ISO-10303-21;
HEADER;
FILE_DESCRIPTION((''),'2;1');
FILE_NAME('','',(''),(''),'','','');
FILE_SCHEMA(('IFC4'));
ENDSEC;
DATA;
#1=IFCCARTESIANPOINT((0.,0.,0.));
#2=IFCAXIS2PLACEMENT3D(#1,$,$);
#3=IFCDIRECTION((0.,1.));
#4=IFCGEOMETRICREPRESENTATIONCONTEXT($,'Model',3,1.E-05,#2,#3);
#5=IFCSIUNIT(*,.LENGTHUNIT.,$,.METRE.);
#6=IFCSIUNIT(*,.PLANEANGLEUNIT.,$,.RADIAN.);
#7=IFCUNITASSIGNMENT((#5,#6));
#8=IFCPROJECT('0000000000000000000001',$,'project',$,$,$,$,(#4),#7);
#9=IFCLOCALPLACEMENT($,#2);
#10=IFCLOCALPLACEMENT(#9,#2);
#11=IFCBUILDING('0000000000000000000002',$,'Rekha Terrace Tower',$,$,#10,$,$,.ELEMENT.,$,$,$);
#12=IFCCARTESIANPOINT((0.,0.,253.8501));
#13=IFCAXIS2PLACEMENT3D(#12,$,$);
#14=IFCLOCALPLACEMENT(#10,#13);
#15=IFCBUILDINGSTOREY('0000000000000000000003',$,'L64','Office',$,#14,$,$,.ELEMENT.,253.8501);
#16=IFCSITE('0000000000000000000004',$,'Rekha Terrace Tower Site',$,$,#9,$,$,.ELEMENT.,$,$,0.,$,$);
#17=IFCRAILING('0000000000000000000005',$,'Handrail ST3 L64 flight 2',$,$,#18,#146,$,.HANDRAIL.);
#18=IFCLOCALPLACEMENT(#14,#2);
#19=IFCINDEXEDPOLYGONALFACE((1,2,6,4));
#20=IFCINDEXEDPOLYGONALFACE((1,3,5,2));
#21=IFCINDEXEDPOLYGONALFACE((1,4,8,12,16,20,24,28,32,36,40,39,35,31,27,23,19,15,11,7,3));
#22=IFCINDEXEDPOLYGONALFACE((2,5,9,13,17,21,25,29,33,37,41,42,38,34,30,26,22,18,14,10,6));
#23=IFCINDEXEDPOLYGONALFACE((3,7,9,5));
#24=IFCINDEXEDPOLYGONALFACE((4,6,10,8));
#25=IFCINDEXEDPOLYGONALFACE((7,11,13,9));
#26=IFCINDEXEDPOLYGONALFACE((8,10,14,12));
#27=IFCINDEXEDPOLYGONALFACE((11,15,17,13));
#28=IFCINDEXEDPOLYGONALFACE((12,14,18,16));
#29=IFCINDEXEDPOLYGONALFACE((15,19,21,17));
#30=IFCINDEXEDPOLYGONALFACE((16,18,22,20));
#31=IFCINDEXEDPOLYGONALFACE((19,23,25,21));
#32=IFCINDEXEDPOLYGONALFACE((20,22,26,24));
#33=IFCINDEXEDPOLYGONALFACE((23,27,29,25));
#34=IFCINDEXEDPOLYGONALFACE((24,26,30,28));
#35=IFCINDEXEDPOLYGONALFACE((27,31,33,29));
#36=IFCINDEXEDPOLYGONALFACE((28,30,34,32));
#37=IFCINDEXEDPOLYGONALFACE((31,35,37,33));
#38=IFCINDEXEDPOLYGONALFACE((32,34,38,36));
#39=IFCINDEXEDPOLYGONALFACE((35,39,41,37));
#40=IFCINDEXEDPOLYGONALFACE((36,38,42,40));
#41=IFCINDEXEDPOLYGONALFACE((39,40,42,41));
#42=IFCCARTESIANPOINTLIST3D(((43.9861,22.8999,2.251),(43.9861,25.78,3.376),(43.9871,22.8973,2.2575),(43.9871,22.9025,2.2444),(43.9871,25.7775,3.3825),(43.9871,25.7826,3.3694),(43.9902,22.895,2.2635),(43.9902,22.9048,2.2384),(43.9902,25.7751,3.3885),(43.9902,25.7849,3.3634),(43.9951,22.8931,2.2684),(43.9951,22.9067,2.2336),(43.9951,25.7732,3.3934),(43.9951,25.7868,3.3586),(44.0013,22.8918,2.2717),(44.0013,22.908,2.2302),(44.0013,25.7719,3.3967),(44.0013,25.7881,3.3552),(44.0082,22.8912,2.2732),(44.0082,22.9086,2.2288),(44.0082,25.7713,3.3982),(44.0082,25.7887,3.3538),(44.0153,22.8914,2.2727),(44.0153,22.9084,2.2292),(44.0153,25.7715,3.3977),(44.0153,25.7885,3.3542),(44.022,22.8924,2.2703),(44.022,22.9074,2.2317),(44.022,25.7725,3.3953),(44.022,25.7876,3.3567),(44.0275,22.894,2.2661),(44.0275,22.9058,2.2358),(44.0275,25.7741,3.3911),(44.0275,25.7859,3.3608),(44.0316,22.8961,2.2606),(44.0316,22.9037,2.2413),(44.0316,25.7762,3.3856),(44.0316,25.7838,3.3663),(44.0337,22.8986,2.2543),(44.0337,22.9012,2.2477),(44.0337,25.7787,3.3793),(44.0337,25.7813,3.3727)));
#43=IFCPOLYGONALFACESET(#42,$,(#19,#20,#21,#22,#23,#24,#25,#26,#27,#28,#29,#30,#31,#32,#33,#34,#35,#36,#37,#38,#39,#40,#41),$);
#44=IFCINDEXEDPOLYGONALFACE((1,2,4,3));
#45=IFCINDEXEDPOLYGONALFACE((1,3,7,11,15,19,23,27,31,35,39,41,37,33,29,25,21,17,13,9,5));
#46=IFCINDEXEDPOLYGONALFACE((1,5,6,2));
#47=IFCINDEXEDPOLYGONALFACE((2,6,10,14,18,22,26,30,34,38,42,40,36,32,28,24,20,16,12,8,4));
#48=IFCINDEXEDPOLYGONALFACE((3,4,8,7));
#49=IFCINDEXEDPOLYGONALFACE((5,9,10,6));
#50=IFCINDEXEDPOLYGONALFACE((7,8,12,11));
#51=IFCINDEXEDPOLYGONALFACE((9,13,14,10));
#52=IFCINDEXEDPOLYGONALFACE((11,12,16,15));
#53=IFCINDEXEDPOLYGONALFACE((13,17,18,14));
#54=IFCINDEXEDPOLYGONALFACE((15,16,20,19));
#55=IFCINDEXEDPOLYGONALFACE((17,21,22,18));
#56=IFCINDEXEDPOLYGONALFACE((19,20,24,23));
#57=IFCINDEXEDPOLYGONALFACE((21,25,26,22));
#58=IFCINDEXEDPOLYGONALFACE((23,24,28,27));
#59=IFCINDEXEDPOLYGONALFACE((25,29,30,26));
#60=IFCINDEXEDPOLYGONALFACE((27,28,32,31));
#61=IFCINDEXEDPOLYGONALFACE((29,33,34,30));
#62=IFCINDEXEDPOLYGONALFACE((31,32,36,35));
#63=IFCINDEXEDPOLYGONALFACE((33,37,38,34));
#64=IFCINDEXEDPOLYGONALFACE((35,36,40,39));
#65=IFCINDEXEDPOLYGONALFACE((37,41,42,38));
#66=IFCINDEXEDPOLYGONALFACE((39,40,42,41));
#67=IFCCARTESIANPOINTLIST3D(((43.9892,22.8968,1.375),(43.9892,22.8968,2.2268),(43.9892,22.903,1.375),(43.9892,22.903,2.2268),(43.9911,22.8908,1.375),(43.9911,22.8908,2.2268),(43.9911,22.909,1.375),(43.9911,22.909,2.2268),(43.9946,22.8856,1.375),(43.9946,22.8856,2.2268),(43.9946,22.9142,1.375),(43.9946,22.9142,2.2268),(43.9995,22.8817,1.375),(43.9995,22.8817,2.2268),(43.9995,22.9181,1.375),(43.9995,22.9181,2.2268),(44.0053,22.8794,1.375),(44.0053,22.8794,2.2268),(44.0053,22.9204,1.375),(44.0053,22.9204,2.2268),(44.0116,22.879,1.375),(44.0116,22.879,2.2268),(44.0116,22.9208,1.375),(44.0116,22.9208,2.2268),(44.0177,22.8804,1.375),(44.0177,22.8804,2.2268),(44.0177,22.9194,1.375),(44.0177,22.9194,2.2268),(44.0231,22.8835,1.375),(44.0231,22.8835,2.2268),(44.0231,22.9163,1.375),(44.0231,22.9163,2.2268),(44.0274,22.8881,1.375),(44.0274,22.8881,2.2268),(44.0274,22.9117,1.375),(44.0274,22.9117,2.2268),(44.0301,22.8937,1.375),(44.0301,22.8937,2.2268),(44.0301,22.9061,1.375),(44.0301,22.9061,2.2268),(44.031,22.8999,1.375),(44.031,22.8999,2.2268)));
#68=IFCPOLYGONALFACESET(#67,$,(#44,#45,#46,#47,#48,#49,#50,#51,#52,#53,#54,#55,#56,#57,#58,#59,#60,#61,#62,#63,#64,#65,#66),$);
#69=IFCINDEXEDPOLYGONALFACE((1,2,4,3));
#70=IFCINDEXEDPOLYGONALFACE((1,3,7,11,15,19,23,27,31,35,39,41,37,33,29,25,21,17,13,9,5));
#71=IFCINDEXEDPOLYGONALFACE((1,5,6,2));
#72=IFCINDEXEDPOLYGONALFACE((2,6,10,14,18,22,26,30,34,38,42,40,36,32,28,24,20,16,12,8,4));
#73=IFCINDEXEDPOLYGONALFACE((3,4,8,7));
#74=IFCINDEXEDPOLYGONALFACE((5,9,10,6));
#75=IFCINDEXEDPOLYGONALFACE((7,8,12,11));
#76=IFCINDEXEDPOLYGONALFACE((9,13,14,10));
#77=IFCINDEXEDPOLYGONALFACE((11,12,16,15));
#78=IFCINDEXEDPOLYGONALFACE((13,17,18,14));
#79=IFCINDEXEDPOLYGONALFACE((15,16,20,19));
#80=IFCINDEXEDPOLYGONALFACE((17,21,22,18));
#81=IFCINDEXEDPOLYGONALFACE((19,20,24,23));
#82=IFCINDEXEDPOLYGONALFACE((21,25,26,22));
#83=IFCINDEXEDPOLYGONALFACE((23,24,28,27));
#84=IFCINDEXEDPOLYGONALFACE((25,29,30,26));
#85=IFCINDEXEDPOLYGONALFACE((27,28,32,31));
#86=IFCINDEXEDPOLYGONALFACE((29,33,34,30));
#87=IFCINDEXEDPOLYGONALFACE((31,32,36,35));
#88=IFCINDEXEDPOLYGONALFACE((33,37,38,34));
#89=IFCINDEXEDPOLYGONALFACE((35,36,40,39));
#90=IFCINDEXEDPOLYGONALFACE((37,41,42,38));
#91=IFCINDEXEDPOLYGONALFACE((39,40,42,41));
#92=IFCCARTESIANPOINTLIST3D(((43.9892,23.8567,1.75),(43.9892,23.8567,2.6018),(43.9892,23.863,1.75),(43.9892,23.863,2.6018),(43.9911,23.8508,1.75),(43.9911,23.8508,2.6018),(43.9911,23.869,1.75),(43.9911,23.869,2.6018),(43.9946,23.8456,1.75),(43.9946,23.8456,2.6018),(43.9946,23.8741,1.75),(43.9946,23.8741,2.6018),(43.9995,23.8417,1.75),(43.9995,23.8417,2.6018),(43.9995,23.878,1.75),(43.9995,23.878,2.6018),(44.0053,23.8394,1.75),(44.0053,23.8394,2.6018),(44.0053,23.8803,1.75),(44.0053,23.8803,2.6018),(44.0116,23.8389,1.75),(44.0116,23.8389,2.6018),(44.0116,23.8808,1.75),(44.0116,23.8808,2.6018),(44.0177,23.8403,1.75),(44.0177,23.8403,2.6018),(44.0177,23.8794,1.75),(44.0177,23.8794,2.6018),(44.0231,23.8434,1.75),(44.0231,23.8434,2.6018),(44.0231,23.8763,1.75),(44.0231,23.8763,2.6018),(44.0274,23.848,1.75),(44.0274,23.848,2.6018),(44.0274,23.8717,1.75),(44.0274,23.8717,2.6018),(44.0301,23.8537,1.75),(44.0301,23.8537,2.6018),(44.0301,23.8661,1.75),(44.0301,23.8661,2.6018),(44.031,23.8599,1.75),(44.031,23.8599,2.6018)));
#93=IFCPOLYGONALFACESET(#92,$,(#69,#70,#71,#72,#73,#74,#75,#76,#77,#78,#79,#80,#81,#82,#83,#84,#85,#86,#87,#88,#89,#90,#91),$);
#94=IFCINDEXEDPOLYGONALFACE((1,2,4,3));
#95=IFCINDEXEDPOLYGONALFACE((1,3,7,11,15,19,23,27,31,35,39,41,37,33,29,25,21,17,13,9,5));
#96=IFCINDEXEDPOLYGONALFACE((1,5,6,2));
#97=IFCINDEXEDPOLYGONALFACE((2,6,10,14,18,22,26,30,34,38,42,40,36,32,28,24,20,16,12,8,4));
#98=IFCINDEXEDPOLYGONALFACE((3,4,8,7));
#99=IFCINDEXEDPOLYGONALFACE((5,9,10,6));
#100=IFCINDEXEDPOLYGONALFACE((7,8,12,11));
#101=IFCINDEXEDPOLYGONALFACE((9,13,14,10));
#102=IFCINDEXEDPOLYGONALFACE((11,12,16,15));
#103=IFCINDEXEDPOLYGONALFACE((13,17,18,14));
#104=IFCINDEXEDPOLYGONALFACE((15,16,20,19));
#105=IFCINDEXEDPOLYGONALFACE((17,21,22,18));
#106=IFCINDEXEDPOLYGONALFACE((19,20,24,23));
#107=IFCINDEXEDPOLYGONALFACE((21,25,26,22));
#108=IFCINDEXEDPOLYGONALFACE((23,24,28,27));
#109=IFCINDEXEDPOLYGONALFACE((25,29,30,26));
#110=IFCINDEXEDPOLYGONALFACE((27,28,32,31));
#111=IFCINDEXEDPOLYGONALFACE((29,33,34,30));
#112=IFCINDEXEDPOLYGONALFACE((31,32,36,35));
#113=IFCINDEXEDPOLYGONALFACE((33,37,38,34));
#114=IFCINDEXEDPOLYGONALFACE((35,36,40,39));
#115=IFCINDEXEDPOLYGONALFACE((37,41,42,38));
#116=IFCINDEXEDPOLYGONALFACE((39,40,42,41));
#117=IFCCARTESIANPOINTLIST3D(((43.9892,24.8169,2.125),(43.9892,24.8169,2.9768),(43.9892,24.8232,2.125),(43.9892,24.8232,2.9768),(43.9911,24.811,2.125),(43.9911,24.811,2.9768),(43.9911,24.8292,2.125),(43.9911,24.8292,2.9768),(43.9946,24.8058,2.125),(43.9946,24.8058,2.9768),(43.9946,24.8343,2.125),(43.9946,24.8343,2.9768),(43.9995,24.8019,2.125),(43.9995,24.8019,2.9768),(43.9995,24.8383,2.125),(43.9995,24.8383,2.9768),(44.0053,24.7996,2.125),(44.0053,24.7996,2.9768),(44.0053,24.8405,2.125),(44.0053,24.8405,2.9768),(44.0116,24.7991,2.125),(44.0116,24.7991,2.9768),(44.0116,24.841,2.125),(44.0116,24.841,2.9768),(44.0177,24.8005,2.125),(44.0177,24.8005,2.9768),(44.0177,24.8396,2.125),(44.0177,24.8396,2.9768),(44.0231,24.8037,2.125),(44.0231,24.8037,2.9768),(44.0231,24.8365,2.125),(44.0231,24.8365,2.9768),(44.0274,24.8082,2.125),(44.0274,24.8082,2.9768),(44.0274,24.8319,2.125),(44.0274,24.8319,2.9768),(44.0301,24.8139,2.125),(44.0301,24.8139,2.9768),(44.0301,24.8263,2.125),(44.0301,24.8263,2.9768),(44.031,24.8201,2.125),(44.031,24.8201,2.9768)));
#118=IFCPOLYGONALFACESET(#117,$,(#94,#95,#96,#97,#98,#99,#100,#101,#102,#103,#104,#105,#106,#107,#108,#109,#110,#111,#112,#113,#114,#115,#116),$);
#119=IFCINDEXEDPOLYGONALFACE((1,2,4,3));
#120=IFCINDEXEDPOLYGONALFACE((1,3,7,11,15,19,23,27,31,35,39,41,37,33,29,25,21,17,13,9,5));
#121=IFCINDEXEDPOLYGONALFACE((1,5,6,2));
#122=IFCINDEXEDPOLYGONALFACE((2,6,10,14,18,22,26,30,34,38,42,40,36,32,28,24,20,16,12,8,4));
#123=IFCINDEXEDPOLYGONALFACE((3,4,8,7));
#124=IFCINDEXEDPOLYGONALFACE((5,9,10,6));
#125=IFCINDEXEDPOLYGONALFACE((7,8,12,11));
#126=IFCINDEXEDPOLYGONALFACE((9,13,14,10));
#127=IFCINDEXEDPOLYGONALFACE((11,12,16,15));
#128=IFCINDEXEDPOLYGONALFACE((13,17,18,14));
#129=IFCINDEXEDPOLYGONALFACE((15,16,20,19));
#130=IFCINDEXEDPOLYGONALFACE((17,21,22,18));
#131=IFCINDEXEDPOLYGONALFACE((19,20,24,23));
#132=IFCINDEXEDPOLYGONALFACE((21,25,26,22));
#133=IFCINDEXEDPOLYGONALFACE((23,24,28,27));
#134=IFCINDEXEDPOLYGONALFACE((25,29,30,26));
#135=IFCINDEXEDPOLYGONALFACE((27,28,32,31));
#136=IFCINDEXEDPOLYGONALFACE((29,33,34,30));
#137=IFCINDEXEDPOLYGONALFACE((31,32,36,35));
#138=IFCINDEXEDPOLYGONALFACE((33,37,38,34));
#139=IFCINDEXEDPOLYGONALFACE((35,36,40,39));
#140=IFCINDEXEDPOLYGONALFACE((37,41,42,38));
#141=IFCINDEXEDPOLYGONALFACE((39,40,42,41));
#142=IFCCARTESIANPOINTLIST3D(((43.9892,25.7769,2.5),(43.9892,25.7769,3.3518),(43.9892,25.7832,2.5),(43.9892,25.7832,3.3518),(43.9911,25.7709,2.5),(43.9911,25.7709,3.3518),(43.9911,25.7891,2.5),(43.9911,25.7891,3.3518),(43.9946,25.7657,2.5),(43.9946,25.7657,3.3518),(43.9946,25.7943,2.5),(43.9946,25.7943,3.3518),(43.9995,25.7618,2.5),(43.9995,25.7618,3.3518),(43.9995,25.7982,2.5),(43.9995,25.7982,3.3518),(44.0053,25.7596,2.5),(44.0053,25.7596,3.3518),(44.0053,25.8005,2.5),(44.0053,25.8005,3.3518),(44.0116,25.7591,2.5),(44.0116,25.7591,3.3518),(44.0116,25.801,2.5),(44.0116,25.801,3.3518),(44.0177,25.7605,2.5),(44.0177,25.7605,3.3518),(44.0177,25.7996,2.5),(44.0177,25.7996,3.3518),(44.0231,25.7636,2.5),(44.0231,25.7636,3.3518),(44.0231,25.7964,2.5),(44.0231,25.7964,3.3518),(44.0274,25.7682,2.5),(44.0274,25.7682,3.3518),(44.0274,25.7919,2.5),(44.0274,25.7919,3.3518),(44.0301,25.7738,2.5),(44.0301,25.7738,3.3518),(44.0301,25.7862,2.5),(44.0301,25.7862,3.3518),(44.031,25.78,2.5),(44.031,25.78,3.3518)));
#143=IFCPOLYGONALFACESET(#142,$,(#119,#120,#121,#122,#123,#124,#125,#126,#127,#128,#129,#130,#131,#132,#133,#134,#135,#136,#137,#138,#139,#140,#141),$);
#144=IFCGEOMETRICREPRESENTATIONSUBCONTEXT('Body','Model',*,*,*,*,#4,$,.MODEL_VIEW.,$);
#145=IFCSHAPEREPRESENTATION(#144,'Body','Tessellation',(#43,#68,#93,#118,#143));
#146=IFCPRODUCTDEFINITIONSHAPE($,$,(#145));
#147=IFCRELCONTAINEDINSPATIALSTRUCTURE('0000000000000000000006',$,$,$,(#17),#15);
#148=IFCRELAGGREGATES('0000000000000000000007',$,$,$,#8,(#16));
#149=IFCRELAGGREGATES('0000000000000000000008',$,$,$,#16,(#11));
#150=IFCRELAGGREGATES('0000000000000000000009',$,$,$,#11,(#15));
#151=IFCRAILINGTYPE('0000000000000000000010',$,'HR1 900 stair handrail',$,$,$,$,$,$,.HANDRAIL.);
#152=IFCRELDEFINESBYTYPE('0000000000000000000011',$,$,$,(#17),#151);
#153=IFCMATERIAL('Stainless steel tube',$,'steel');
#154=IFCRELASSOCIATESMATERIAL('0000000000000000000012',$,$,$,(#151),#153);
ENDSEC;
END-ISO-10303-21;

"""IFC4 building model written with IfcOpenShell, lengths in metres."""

from ifc_helpers import new_model, si_unit, direction, frame, origin, origin_2d, place, context, subcontext, project, spatial, circle, extrude, material, type_object, element, save


model = new_model("IFC4")

# Units and contexts
model_context = context("Model", 3, precision=1e-05, world=origin(), true_north=direction((0.0, 1.0)))
body_context = subcontext(model_context, "Body", "Model", "MODEL_VIEW")
ifc_project = project(units=[si_unit("LENGTHUNIT", "METRE"), si_unit("PLANEANGLEUNIT", "RADIAN")], contexts=[model_context])

# Site, building, storey
site_placement = place(None, origin())
site = spatial("IfcSite", under=ifc_project, at=site_placement, Name="Rekha Terrace Tower Site", CompositionType="ELEMENT", RefElevation=0.0)
building_placement = place(site_placement, origin())
building = spatial("IfcBuilding", under=site, at=building_placement, Name="Rekha Terrace Tower", CompositionType="ELEMENT")
storey_placement = place(building_placement, frame((0.0, 0.0, 253.8501)))
storey = spatial("IfcBuildingStorey", under=building, at=storey_placement, Name="L64", Description="Office", CompositionType="ELEMENT", Elevation=253.8501)

# Railing
ifc_material_1 = material(Name="Stainless steel tube", Category="steel")
railing_type_1 = type_object("IfcRailingType", Name="HR1 900 stair handrail", PredefinedType="HANDRAIL", material=ifc_material_1)
railing_1_placement = place(storey_placement, frame((44.01, 22.8999, 1.375)))
element("IfcRailing", 1, at=railing_1_placement, inside=storey, type_object=railing_type_1, Name="Handrail ST3 L64 flight 2", PredefinedType="HANDRAIL", context=body_context, shape_type="SweptSolid", body=[
    extrude(circle(Radius=0.0239, at=origin_2d()), frame((0.0, 0.0, 0.876), z_axis=(0.0, 0.931463, 0.363837), x_axis=(-1.0, 0.0, 0.0)), (0.0, 0.0, 1.0), 3.092),
    extrude(circle(Radius=0.021, at=origin_2d()), origin(), (0.0, 0.0, 1.0), 0.8518),
    extrude(circle(Radius=0.021, at=origin_2d()), frame((0.0, 0.96, 0.375)), (0.0, 0.0, 1.0), 0.8518),
    extrude(circle(Radius=0.021, at=origin_2d()), frame((0.0, 1.9202, 0.75)), (0.0, 0.0, 1.0), 0.8518),
    extrude(circle(Radius=0.021, at=origin_2d()), frame((0.0, 2.8801, 1.125)), (0.0, 0.0, 1.0), 0.8518),
])

save(model, "model.ifc")
